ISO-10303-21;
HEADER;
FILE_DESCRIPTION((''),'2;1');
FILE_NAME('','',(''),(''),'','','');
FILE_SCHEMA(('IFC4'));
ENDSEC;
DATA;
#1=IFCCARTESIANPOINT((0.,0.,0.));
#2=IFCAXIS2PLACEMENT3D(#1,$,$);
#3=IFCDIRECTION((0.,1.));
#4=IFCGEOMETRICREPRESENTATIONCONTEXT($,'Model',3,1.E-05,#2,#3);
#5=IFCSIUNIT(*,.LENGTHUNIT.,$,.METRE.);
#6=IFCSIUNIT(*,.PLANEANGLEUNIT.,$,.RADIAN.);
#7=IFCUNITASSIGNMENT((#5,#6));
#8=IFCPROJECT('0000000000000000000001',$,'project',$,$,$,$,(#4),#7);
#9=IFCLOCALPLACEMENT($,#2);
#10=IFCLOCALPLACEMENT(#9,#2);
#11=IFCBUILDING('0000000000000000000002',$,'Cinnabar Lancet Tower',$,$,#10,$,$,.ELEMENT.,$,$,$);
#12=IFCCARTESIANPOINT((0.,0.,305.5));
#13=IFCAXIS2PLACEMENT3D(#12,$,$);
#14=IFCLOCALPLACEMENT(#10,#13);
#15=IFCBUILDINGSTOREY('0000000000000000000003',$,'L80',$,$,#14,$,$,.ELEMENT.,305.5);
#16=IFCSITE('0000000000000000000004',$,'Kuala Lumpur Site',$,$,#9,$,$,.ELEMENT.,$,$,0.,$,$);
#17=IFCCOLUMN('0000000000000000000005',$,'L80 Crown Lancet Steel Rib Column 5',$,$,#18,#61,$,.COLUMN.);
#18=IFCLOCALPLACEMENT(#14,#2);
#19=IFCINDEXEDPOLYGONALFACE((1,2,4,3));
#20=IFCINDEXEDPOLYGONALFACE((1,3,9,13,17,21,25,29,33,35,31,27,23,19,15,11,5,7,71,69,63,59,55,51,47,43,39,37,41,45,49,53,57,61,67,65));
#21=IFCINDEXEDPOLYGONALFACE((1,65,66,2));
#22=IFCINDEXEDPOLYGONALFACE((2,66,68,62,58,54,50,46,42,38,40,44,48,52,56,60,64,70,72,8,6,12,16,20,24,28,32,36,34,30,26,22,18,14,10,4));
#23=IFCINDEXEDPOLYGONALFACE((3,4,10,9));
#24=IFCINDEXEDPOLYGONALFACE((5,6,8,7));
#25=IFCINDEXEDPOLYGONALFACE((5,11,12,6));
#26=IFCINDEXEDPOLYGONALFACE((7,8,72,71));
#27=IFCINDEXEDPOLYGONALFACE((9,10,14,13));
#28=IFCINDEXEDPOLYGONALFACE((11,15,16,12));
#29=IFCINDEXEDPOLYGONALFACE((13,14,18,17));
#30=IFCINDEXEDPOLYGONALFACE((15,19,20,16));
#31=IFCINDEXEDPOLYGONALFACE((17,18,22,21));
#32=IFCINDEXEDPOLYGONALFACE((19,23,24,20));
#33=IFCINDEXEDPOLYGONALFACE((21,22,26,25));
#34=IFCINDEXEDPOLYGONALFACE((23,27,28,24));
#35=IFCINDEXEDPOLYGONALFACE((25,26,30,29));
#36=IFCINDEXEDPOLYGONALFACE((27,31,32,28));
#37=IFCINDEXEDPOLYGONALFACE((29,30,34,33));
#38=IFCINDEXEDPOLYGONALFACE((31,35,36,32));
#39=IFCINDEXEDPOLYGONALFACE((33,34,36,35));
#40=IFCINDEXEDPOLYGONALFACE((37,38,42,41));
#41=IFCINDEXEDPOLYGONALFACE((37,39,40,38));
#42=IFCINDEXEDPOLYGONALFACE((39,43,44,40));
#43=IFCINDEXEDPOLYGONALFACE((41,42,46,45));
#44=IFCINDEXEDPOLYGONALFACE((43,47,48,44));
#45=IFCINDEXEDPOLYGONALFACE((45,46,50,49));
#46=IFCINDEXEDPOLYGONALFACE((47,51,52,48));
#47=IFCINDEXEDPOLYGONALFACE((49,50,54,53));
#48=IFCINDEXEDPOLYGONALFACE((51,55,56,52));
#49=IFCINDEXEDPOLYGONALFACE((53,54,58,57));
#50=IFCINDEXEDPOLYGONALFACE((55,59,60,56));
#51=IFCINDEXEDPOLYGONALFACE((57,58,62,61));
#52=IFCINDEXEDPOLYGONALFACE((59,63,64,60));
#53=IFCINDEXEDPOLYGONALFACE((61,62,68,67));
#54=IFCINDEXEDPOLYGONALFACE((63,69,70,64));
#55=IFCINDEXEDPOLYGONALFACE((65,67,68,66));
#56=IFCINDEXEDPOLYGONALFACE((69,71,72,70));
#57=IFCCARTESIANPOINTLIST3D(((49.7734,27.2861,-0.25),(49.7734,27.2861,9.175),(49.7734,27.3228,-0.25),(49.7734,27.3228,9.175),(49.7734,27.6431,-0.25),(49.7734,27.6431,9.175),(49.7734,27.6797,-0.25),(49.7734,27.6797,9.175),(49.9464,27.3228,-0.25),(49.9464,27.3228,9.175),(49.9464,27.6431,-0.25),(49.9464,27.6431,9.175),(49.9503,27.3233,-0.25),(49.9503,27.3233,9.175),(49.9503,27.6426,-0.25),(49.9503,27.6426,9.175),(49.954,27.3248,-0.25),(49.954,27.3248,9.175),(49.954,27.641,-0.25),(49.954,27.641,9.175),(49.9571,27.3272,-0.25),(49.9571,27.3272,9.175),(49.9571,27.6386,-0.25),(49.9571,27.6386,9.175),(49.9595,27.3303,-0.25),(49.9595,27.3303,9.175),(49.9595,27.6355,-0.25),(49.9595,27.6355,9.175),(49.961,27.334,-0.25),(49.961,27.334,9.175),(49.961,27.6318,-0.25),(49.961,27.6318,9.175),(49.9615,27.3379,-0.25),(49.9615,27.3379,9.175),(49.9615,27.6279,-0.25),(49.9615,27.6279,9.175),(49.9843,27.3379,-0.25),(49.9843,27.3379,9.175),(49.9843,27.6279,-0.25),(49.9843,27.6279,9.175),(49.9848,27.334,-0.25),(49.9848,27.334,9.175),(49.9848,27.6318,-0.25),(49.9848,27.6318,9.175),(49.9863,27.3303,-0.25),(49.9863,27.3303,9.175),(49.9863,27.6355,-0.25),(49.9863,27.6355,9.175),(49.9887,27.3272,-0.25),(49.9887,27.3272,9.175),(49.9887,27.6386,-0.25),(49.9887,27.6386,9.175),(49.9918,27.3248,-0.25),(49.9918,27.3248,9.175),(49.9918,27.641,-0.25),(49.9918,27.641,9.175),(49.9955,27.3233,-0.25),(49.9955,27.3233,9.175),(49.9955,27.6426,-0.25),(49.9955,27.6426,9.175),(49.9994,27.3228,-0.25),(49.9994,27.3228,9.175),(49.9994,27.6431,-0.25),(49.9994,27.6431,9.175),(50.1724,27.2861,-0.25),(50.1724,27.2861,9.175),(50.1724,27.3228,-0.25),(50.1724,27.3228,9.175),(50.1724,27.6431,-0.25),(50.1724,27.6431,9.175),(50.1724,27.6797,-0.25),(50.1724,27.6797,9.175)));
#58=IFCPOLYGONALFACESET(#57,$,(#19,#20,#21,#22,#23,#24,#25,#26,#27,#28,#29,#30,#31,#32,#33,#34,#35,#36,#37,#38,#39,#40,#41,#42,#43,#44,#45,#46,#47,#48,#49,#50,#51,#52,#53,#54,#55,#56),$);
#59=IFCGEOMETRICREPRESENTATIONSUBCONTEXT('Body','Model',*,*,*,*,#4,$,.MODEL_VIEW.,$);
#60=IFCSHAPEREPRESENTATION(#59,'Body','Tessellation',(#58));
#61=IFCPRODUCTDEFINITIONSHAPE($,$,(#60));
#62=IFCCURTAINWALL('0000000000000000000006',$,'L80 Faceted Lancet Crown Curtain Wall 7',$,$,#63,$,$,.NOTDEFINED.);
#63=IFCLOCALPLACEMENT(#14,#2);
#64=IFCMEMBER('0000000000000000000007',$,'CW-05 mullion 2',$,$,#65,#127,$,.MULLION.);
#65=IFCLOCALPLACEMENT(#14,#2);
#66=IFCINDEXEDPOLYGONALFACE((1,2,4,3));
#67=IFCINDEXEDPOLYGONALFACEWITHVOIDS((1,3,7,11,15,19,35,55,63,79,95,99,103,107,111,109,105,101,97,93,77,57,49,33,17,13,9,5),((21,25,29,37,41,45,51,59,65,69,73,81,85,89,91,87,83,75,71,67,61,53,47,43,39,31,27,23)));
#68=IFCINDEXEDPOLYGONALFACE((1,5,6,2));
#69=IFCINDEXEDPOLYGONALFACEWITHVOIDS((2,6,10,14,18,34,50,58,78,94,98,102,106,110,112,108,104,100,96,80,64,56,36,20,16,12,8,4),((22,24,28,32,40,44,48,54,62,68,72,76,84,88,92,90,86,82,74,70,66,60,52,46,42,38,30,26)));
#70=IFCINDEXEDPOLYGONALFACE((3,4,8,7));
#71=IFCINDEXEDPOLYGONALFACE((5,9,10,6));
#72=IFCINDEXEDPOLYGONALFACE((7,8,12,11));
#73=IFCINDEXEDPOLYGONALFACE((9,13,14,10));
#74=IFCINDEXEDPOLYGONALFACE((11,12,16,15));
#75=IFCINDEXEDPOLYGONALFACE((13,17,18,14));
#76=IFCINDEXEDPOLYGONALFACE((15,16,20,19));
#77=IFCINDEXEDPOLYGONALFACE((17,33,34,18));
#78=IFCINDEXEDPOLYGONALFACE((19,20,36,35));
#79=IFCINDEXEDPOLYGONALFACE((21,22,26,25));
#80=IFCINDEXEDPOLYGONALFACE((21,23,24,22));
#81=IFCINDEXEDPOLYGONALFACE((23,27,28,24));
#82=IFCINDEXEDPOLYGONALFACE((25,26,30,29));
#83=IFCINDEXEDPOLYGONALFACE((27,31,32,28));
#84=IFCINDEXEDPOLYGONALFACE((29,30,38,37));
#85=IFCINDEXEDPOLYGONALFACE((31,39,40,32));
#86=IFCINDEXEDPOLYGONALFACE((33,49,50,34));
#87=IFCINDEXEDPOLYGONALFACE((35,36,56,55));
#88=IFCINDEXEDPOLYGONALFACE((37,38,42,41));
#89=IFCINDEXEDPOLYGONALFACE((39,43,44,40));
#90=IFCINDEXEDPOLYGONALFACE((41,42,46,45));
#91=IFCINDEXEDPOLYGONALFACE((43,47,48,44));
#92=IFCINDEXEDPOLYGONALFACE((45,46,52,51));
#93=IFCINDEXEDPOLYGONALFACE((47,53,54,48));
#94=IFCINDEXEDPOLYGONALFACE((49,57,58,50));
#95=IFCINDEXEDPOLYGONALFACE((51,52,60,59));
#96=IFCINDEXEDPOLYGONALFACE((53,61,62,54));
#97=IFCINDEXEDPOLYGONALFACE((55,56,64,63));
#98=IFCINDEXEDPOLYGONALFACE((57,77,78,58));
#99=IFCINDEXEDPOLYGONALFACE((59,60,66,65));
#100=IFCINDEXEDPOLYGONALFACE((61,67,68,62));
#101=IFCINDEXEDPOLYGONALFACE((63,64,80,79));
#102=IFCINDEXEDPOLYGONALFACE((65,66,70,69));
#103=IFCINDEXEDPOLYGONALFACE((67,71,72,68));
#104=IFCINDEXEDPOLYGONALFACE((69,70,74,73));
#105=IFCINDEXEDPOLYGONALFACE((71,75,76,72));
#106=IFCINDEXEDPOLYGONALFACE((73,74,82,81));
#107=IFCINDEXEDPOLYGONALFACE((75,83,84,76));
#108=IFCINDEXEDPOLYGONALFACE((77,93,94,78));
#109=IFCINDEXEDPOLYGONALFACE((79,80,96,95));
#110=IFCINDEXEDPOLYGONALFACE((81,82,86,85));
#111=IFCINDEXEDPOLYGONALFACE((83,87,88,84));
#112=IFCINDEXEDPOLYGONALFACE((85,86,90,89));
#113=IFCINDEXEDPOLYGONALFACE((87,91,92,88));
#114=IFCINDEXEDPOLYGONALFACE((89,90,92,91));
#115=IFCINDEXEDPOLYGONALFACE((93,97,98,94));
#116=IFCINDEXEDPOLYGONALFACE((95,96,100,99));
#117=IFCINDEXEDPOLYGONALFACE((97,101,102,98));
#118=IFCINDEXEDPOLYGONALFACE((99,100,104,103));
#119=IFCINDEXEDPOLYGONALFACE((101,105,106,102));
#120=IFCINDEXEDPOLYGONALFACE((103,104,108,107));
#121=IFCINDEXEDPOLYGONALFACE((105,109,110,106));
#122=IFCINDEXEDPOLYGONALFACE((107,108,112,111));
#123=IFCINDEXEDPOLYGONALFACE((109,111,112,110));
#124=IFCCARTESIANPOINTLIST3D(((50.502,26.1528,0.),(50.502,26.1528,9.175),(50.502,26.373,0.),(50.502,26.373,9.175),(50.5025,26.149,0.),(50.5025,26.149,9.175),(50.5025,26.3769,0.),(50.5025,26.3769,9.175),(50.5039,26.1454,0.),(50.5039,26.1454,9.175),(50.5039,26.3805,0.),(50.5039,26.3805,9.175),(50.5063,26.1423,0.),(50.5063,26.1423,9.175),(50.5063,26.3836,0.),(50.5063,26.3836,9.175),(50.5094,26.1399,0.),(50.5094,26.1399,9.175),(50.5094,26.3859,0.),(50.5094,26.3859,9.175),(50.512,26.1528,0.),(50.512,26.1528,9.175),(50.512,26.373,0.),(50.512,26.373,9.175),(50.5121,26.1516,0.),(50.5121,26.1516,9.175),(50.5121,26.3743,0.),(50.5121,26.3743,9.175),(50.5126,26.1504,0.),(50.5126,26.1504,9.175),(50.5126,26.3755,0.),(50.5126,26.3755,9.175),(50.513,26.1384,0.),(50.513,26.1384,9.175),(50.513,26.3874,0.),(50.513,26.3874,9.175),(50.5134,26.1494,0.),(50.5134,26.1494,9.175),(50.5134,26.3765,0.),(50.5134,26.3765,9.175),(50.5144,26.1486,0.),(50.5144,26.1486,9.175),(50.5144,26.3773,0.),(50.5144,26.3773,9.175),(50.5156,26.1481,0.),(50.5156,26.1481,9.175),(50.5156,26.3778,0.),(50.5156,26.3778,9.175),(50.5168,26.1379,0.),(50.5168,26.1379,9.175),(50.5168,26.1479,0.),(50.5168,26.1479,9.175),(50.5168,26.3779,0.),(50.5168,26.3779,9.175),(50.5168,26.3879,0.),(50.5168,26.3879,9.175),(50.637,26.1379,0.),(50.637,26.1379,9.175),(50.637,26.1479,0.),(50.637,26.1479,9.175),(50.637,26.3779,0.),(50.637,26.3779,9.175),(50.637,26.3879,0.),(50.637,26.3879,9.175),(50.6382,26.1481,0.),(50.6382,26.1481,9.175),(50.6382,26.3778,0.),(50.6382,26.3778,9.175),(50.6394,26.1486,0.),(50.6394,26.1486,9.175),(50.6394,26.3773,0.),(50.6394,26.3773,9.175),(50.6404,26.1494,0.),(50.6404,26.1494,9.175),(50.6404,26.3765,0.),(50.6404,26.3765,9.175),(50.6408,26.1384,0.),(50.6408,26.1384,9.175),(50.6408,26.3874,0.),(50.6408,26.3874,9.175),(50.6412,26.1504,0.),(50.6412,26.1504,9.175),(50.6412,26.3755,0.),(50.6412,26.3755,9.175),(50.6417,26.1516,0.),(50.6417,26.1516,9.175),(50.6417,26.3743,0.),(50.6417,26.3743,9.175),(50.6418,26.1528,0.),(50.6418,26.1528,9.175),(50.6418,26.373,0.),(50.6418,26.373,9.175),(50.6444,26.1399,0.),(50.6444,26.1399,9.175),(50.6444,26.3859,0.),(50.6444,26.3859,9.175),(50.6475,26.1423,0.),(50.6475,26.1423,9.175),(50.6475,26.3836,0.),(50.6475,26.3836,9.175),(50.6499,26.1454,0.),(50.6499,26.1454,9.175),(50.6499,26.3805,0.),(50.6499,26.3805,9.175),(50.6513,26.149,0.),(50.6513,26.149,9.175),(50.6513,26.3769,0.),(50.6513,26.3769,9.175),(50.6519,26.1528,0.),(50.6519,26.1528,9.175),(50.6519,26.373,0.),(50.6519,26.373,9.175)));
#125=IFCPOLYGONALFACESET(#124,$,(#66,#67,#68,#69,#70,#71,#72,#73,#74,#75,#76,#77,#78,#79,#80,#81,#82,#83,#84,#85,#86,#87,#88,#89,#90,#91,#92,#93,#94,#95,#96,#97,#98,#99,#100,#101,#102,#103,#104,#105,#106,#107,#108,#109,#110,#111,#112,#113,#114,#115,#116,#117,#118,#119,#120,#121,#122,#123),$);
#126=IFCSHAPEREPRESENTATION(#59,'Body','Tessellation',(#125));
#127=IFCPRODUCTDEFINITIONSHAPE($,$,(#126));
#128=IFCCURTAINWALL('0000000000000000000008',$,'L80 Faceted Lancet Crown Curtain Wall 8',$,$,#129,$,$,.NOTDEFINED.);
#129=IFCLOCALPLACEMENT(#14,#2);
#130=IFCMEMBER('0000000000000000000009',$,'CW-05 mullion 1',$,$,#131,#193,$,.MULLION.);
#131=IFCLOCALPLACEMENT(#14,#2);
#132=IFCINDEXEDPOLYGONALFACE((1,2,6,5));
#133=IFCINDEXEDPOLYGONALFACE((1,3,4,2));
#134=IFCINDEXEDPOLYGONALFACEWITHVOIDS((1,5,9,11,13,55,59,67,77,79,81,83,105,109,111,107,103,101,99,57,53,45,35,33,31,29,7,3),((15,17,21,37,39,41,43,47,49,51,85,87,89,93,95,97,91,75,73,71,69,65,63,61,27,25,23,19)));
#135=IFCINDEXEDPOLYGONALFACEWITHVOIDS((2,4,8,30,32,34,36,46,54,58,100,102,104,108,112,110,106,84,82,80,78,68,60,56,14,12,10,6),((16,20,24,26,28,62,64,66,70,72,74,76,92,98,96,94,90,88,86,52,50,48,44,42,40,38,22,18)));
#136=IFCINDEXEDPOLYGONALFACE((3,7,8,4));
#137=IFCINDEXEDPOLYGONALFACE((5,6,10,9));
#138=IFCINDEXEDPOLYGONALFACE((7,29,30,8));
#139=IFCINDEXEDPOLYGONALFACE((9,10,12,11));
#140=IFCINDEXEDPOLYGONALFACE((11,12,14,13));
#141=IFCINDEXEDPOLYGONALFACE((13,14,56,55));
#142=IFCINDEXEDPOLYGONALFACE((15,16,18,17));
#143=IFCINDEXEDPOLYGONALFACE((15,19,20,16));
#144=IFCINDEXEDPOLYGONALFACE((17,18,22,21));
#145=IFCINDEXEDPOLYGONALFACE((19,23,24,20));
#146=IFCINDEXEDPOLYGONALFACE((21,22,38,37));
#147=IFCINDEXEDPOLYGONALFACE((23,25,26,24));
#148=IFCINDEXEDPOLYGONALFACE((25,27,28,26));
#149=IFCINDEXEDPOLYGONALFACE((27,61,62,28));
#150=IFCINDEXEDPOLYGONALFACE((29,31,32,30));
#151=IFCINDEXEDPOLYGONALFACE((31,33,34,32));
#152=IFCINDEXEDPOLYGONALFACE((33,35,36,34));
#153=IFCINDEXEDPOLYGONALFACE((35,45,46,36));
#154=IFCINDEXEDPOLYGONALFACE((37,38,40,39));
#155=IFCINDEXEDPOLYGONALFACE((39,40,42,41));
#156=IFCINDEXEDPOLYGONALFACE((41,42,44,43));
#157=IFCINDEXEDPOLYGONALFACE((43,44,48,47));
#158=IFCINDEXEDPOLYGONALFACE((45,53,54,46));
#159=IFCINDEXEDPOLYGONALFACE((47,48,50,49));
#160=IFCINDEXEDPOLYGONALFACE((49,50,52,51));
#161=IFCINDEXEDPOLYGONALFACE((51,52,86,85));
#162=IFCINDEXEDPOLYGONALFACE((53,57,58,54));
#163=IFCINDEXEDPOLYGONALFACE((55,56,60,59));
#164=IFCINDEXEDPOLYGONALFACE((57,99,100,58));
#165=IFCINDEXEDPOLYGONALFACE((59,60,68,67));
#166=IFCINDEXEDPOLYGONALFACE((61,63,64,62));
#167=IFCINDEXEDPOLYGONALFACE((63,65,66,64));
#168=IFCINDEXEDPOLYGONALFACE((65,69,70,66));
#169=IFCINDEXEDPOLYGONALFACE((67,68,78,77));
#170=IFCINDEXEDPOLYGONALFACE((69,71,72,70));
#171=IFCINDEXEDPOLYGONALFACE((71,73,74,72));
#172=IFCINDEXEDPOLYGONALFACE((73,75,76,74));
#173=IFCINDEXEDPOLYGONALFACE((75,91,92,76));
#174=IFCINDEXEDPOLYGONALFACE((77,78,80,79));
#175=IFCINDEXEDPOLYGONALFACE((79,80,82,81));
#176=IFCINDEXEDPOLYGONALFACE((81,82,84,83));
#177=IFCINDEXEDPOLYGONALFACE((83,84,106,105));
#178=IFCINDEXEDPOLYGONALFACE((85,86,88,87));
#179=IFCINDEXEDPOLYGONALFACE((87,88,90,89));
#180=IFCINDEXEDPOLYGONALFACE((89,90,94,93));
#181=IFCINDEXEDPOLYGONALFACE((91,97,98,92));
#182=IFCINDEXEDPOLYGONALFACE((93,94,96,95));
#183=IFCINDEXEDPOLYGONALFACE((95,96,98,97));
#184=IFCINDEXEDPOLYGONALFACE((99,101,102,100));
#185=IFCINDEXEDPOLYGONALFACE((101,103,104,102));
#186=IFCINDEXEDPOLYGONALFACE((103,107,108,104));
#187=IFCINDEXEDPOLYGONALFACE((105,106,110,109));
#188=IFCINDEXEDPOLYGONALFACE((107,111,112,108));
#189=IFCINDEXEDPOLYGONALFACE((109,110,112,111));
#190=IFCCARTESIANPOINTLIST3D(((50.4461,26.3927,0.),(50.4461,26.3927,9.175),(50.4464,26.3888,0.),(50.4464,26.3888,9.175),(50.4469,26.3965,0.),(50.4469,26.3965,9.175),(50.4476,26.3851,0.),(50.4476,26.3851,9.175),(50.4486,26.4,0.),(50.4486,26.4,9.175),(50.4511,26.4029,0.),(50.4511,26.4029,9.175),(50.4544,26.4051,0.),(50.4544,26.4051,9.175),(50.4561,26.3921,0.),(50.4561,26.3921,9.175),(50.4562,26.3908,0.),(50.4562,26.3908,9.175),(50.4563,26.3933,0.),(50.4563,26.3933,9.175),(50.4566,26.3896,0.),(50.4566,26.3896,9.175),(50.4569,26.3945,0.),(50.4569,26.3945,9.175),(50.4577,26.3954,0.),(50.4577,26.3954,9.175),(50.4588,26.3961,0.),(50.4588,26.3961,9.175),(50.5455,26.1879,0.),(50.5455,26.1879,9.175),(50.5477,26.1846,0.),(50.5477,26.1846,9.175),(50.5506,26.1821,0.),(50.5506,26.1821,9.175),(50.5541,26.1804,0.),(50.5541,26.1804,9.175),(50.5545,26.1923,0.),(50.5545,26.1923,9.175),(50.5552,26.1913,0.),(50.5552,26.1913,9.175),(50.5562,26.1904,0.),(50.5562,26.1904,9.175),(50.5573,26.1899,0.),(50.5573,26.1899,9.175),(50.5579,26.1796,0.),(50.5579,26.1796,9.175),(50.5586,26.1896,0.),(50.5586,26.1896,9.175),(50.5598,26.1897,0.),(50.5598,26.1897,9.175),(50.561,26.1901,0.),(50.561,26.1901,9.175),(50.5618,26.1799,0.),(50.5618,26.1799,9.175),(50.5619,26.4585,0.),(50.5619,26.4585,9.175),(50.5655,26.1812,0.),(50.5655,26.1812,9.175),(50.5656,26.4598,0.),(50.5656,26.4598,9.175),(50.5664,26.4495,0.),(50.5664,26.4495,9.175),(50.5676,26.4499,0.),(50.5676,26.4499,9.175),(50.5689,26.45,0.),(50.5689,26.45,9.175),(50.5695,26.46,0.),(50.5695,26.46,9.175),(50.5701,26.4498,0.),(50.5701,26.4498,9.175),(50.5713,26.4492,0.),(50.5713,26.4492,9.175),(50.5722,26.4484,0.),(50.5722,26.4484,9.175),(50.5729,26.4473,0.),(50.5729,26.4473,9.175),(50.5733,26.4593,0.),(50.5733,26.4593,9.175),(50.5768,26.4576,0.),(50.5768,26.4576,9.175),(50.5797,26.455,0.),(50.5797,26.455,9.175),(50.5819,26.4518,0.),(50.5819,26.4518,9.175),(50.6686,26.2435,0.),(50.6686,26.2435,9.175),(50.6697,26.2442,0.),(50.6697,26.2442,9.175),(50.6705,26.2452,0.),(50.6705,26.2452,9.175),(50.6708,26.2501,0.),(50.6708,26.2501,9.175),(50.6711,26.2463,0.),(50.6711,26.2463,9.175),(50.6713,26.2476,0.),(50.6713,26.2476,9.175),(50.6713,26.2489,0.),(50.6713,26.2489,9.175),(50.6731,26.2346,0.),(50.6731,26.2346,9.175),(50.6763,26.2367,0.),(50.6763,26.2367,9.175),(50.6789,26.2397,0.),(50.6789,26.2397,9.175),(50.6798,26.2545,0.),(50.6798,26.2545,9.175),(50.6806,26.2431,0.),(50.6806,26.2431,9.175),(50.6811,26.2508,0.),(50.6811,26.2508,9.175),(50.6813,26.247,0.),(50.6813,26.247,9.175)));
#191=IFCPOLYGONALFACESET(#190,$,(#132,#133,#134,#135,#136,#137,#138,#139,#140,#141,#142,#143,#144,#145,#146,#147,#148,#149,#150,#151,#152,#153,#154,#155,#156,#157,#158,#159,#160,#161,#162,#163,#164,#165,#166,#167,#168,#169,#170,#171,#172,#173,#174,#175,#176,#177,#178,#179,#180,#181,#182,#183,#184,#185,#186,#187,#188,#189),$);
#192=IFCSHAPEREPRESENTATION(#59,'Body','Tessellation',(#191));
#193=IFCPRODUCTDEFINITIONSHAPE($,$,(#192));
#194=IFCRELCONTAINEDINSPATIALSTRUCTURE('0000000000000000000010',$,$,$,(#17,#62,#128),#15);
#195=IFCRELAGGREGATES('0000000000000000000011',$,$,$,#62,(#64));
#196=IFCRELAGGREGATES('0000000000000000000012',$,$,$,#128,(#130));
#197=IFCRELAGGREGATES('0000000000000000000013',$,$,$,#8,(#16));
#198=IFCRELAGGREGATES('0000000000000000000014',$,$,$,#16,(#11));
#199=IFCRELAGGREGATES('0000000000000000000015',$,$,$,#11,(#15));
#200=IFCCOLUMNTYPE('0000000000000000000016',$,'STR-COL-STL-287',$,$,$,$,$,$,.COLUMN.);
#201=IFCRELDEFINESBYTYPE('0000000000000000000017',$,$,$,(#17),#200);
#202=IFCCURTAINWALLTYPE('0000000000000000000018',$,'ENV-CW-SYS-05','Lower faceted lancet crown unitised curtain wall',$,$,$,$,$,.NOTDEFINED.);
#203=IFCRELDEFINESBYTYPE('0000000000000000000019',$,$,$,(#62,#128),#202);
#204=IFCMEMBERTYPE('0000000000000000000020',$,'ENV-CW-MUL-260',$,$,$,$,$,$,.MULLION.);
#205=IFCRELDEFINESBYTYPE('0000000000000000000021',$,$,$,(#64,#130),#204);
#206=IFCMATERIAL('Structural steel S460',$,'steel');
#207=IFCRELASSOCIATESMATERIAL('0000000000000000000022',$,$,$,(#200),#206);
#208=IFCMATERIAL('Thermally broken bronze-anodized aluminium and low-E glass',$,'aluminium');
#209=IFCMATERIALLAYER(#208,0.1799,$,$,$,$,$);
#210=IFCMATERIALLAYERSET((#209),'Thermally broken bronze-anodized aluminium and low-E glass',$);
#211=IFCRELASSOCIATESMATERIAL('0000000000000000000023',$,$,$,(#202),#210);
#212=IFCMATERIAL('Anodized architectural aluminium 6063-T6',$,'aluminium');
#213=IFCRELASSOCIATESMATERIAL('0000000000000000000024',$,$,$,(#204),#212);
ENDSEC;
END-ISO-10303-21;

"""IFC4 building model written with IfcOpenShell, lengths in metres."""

from ifc_helpers import new_model, si_unit, direction, frame, origin, origin_2d, place, context, subcontext, project, spatial, hollow_rectangle, i_section, extrude, material, layer, layer_set, material_profile, profile_set, type_object, element, aggregate, save


model = new_model("IFC4")

# Units and contexts
model_context = context("Model", 3, precision=1e-05, world=origin(), true_north=direction((0.0, 1.0)))
body_context = subcontext(model_context, "Body", "Model", "MODEL_VIEW")
ifc_project = project(units=[si_unit("LENGTHUNIT", "METRE"), si_unit("PLANEANGLEUNIT", "RADIAN")], contexts=[model_context])

# Site, building, storey
site_placement = place(None, origin())
site = spatial("IfcSite", under=ifc_project, at=site_placement, Name="Kuala Lumpur Site", CompositionType="ELEMENT", RefElevation=0.0)
building_placement = place(site_placement, origin())
building = spatial("IfcBuilding", under=site, at=building_placement, Name="Cinnabar Lancet Tower", CompositionType="ELEMENT")
storey_placement = place(building_placement, frame((0.0, 0.0, 305.5)))
storey = spatial("IfcBuildingStorey", under=building, at=storey_placement, Name="L80", CompositionType="ELEMENT", Elevation=305.5)

# Column
ifc_material_1 = material(Name="Structural steel S460", Category="steel")
ifc_material_profile_1 = material_profile(ifc_material_1, i_section(OverallWidth=0.3989, OverallDepth=0.3936, WebThickness=0.0227, FlangeThickness=0.0366, FilletRadius=0.0151, at=origin_2d()), Name="UKC 356x406x287")
ifc_profile_set_1 = profile_set([ifc_material_profile_1], Name="Structural steel S460")
column_type = type_object("IfcColumnType", Name="STR-COL-STL-287", PredefinedType="COLUMN", material=ifc_profile_set_1)
column_placement = place(storey_placement, frame((49.9729, 27.4829, -0.25), z_axis=(0.0, 0.0, 1.0), x_axis=(1.0, 0.0, 0.0)))
element("IfcColumn", 1, at=column_placement, inside=storey, type_object=column_type, Name="L80 Crown Lancet Steel Rib Column 5", PredefinedType="COLUMN", context=body_context, shape_type="SweptSolid", body=[
    extrude(i_section(OverallWidth=0.3989, OverallDepth=0.3936, WebThickness=0.0227, FlangeThickness=0.0366, FilletRadius=0.0151, at=origin_2d()), origin(), (0.0, 0.0, 1.0), 9.425),
])

# Curtain wall, member
ifc_material_2 = material(Name="Thermally broken bronze-anodized aluminium and low-E glass", Category="aluminium")
ifc_layer_1 = layer(ifc_material_2, 0.1799)
ifc_layer_set_1 = layer_set([ifc_layer_1], Name="Thermally broken bronze-anodized aluminium and low-E glass")
curtain_wall_type = type_object("IfcCurtainWallType", Name="ENV-CW-SYS-05", Description="Lower faceted lancet crown unitised curtain wall", PredefinedType="NOTDEFINED", material=ifc_layer_set_1)
curtain_wall_1_placement = place(storey_placement, origin())
curtain_wall_1 = element("IfcCurtainWall", 2, at=curtain_wall_1_placement, inside=storey, type_object=curtain_wall_type, Name="L80 Faceted Lancet Crown Curtain Wall 7", PredefinedType="NOTDEFINED")
ifc_material_3 = material(Name="Anodized architectural aluminium 6063-T6", Category="aluminium")
ifc_material_profile_2 = material_profile(ifc_material_3, hollow_rectangle(XDim=0.1499, YDim=0.25, WallThickness=0.01, InnerFilletRadius=0.0049, OuterFilletRadius=0.0149, at=origin_2d()), Name="RHS 250x150x10")
ifc_profile_set_2 = profile_set([ifc_material_profile_2], Name="Anodized architectural aluminium 6063-T6")
member_type_1 = type_object("IfcMemberType", Name="ENV-CW-MUL-260", PredefinedType="MULLION", material=ifc_profile_set_2)
member_1_placement = place(storey_placement, frame((50.5769, 26.2629, 0.0), z_axis=(0.0, 0.0, 1.0), x_axis=(-1.0, 0.0, 0.0)))
member_1 = element("IfcMember", 3, at=member_1_placement, type_object=member_type_1, Name="CW-05 mullion 2", PredefinedType="MULLION", context=body_context, shape_type="SweptSolid", body=[
    extrude(hollow_rectangle(XDim=0.1499, YDim=0.25, WallThickness=0.01, InnerFilletRadius=0.0049, OuterFilletRadius=0.0149, at=origin_2d()), origin(), (0.0, 0.0, 1.0), 9.175),
])

# Curtain wall, member
curtain_wall_2_placement = place(storey_placement, origin())
curtain_wall_2 = element("IfcCurtainWall", 4, at=curtain_wall_2_placement, inside=storey, type_object=curtain_wall_type, Name="L80 Faceted Lancet Crown Curtain Wall 8", PredefinedType="NOTDEFINED")
member_2_placement = place(storey_placement, frame((50.5637, 26.3198, 0.0), z_axis=(0.0, 0.0, 1.0), x_axis=(-0.895742, -0.444574, 0.0)))
member_2 = element("IfcMember", 5, at=member_2_placement, type_object=member_type_1, Name="CW-05 mullion 1", PredefinedType="MULLION", context=body_context, shape_type="SweptSolid", body=[
    extrude(hollow_rectangle(XDim=0.1499, YDim=0.25, WallThickness=0.01, InnerFilletRadius=0.0049, OuterFilletRadius=0.0149, at=origin_2d()), origin(), (0.0, 0.0, 1.0), 9.175),
])

aggregate(curtain_wall_1, [member_1])
aggregate(curtain_wall_2, [member_2])

save(model, "model.ifc")
